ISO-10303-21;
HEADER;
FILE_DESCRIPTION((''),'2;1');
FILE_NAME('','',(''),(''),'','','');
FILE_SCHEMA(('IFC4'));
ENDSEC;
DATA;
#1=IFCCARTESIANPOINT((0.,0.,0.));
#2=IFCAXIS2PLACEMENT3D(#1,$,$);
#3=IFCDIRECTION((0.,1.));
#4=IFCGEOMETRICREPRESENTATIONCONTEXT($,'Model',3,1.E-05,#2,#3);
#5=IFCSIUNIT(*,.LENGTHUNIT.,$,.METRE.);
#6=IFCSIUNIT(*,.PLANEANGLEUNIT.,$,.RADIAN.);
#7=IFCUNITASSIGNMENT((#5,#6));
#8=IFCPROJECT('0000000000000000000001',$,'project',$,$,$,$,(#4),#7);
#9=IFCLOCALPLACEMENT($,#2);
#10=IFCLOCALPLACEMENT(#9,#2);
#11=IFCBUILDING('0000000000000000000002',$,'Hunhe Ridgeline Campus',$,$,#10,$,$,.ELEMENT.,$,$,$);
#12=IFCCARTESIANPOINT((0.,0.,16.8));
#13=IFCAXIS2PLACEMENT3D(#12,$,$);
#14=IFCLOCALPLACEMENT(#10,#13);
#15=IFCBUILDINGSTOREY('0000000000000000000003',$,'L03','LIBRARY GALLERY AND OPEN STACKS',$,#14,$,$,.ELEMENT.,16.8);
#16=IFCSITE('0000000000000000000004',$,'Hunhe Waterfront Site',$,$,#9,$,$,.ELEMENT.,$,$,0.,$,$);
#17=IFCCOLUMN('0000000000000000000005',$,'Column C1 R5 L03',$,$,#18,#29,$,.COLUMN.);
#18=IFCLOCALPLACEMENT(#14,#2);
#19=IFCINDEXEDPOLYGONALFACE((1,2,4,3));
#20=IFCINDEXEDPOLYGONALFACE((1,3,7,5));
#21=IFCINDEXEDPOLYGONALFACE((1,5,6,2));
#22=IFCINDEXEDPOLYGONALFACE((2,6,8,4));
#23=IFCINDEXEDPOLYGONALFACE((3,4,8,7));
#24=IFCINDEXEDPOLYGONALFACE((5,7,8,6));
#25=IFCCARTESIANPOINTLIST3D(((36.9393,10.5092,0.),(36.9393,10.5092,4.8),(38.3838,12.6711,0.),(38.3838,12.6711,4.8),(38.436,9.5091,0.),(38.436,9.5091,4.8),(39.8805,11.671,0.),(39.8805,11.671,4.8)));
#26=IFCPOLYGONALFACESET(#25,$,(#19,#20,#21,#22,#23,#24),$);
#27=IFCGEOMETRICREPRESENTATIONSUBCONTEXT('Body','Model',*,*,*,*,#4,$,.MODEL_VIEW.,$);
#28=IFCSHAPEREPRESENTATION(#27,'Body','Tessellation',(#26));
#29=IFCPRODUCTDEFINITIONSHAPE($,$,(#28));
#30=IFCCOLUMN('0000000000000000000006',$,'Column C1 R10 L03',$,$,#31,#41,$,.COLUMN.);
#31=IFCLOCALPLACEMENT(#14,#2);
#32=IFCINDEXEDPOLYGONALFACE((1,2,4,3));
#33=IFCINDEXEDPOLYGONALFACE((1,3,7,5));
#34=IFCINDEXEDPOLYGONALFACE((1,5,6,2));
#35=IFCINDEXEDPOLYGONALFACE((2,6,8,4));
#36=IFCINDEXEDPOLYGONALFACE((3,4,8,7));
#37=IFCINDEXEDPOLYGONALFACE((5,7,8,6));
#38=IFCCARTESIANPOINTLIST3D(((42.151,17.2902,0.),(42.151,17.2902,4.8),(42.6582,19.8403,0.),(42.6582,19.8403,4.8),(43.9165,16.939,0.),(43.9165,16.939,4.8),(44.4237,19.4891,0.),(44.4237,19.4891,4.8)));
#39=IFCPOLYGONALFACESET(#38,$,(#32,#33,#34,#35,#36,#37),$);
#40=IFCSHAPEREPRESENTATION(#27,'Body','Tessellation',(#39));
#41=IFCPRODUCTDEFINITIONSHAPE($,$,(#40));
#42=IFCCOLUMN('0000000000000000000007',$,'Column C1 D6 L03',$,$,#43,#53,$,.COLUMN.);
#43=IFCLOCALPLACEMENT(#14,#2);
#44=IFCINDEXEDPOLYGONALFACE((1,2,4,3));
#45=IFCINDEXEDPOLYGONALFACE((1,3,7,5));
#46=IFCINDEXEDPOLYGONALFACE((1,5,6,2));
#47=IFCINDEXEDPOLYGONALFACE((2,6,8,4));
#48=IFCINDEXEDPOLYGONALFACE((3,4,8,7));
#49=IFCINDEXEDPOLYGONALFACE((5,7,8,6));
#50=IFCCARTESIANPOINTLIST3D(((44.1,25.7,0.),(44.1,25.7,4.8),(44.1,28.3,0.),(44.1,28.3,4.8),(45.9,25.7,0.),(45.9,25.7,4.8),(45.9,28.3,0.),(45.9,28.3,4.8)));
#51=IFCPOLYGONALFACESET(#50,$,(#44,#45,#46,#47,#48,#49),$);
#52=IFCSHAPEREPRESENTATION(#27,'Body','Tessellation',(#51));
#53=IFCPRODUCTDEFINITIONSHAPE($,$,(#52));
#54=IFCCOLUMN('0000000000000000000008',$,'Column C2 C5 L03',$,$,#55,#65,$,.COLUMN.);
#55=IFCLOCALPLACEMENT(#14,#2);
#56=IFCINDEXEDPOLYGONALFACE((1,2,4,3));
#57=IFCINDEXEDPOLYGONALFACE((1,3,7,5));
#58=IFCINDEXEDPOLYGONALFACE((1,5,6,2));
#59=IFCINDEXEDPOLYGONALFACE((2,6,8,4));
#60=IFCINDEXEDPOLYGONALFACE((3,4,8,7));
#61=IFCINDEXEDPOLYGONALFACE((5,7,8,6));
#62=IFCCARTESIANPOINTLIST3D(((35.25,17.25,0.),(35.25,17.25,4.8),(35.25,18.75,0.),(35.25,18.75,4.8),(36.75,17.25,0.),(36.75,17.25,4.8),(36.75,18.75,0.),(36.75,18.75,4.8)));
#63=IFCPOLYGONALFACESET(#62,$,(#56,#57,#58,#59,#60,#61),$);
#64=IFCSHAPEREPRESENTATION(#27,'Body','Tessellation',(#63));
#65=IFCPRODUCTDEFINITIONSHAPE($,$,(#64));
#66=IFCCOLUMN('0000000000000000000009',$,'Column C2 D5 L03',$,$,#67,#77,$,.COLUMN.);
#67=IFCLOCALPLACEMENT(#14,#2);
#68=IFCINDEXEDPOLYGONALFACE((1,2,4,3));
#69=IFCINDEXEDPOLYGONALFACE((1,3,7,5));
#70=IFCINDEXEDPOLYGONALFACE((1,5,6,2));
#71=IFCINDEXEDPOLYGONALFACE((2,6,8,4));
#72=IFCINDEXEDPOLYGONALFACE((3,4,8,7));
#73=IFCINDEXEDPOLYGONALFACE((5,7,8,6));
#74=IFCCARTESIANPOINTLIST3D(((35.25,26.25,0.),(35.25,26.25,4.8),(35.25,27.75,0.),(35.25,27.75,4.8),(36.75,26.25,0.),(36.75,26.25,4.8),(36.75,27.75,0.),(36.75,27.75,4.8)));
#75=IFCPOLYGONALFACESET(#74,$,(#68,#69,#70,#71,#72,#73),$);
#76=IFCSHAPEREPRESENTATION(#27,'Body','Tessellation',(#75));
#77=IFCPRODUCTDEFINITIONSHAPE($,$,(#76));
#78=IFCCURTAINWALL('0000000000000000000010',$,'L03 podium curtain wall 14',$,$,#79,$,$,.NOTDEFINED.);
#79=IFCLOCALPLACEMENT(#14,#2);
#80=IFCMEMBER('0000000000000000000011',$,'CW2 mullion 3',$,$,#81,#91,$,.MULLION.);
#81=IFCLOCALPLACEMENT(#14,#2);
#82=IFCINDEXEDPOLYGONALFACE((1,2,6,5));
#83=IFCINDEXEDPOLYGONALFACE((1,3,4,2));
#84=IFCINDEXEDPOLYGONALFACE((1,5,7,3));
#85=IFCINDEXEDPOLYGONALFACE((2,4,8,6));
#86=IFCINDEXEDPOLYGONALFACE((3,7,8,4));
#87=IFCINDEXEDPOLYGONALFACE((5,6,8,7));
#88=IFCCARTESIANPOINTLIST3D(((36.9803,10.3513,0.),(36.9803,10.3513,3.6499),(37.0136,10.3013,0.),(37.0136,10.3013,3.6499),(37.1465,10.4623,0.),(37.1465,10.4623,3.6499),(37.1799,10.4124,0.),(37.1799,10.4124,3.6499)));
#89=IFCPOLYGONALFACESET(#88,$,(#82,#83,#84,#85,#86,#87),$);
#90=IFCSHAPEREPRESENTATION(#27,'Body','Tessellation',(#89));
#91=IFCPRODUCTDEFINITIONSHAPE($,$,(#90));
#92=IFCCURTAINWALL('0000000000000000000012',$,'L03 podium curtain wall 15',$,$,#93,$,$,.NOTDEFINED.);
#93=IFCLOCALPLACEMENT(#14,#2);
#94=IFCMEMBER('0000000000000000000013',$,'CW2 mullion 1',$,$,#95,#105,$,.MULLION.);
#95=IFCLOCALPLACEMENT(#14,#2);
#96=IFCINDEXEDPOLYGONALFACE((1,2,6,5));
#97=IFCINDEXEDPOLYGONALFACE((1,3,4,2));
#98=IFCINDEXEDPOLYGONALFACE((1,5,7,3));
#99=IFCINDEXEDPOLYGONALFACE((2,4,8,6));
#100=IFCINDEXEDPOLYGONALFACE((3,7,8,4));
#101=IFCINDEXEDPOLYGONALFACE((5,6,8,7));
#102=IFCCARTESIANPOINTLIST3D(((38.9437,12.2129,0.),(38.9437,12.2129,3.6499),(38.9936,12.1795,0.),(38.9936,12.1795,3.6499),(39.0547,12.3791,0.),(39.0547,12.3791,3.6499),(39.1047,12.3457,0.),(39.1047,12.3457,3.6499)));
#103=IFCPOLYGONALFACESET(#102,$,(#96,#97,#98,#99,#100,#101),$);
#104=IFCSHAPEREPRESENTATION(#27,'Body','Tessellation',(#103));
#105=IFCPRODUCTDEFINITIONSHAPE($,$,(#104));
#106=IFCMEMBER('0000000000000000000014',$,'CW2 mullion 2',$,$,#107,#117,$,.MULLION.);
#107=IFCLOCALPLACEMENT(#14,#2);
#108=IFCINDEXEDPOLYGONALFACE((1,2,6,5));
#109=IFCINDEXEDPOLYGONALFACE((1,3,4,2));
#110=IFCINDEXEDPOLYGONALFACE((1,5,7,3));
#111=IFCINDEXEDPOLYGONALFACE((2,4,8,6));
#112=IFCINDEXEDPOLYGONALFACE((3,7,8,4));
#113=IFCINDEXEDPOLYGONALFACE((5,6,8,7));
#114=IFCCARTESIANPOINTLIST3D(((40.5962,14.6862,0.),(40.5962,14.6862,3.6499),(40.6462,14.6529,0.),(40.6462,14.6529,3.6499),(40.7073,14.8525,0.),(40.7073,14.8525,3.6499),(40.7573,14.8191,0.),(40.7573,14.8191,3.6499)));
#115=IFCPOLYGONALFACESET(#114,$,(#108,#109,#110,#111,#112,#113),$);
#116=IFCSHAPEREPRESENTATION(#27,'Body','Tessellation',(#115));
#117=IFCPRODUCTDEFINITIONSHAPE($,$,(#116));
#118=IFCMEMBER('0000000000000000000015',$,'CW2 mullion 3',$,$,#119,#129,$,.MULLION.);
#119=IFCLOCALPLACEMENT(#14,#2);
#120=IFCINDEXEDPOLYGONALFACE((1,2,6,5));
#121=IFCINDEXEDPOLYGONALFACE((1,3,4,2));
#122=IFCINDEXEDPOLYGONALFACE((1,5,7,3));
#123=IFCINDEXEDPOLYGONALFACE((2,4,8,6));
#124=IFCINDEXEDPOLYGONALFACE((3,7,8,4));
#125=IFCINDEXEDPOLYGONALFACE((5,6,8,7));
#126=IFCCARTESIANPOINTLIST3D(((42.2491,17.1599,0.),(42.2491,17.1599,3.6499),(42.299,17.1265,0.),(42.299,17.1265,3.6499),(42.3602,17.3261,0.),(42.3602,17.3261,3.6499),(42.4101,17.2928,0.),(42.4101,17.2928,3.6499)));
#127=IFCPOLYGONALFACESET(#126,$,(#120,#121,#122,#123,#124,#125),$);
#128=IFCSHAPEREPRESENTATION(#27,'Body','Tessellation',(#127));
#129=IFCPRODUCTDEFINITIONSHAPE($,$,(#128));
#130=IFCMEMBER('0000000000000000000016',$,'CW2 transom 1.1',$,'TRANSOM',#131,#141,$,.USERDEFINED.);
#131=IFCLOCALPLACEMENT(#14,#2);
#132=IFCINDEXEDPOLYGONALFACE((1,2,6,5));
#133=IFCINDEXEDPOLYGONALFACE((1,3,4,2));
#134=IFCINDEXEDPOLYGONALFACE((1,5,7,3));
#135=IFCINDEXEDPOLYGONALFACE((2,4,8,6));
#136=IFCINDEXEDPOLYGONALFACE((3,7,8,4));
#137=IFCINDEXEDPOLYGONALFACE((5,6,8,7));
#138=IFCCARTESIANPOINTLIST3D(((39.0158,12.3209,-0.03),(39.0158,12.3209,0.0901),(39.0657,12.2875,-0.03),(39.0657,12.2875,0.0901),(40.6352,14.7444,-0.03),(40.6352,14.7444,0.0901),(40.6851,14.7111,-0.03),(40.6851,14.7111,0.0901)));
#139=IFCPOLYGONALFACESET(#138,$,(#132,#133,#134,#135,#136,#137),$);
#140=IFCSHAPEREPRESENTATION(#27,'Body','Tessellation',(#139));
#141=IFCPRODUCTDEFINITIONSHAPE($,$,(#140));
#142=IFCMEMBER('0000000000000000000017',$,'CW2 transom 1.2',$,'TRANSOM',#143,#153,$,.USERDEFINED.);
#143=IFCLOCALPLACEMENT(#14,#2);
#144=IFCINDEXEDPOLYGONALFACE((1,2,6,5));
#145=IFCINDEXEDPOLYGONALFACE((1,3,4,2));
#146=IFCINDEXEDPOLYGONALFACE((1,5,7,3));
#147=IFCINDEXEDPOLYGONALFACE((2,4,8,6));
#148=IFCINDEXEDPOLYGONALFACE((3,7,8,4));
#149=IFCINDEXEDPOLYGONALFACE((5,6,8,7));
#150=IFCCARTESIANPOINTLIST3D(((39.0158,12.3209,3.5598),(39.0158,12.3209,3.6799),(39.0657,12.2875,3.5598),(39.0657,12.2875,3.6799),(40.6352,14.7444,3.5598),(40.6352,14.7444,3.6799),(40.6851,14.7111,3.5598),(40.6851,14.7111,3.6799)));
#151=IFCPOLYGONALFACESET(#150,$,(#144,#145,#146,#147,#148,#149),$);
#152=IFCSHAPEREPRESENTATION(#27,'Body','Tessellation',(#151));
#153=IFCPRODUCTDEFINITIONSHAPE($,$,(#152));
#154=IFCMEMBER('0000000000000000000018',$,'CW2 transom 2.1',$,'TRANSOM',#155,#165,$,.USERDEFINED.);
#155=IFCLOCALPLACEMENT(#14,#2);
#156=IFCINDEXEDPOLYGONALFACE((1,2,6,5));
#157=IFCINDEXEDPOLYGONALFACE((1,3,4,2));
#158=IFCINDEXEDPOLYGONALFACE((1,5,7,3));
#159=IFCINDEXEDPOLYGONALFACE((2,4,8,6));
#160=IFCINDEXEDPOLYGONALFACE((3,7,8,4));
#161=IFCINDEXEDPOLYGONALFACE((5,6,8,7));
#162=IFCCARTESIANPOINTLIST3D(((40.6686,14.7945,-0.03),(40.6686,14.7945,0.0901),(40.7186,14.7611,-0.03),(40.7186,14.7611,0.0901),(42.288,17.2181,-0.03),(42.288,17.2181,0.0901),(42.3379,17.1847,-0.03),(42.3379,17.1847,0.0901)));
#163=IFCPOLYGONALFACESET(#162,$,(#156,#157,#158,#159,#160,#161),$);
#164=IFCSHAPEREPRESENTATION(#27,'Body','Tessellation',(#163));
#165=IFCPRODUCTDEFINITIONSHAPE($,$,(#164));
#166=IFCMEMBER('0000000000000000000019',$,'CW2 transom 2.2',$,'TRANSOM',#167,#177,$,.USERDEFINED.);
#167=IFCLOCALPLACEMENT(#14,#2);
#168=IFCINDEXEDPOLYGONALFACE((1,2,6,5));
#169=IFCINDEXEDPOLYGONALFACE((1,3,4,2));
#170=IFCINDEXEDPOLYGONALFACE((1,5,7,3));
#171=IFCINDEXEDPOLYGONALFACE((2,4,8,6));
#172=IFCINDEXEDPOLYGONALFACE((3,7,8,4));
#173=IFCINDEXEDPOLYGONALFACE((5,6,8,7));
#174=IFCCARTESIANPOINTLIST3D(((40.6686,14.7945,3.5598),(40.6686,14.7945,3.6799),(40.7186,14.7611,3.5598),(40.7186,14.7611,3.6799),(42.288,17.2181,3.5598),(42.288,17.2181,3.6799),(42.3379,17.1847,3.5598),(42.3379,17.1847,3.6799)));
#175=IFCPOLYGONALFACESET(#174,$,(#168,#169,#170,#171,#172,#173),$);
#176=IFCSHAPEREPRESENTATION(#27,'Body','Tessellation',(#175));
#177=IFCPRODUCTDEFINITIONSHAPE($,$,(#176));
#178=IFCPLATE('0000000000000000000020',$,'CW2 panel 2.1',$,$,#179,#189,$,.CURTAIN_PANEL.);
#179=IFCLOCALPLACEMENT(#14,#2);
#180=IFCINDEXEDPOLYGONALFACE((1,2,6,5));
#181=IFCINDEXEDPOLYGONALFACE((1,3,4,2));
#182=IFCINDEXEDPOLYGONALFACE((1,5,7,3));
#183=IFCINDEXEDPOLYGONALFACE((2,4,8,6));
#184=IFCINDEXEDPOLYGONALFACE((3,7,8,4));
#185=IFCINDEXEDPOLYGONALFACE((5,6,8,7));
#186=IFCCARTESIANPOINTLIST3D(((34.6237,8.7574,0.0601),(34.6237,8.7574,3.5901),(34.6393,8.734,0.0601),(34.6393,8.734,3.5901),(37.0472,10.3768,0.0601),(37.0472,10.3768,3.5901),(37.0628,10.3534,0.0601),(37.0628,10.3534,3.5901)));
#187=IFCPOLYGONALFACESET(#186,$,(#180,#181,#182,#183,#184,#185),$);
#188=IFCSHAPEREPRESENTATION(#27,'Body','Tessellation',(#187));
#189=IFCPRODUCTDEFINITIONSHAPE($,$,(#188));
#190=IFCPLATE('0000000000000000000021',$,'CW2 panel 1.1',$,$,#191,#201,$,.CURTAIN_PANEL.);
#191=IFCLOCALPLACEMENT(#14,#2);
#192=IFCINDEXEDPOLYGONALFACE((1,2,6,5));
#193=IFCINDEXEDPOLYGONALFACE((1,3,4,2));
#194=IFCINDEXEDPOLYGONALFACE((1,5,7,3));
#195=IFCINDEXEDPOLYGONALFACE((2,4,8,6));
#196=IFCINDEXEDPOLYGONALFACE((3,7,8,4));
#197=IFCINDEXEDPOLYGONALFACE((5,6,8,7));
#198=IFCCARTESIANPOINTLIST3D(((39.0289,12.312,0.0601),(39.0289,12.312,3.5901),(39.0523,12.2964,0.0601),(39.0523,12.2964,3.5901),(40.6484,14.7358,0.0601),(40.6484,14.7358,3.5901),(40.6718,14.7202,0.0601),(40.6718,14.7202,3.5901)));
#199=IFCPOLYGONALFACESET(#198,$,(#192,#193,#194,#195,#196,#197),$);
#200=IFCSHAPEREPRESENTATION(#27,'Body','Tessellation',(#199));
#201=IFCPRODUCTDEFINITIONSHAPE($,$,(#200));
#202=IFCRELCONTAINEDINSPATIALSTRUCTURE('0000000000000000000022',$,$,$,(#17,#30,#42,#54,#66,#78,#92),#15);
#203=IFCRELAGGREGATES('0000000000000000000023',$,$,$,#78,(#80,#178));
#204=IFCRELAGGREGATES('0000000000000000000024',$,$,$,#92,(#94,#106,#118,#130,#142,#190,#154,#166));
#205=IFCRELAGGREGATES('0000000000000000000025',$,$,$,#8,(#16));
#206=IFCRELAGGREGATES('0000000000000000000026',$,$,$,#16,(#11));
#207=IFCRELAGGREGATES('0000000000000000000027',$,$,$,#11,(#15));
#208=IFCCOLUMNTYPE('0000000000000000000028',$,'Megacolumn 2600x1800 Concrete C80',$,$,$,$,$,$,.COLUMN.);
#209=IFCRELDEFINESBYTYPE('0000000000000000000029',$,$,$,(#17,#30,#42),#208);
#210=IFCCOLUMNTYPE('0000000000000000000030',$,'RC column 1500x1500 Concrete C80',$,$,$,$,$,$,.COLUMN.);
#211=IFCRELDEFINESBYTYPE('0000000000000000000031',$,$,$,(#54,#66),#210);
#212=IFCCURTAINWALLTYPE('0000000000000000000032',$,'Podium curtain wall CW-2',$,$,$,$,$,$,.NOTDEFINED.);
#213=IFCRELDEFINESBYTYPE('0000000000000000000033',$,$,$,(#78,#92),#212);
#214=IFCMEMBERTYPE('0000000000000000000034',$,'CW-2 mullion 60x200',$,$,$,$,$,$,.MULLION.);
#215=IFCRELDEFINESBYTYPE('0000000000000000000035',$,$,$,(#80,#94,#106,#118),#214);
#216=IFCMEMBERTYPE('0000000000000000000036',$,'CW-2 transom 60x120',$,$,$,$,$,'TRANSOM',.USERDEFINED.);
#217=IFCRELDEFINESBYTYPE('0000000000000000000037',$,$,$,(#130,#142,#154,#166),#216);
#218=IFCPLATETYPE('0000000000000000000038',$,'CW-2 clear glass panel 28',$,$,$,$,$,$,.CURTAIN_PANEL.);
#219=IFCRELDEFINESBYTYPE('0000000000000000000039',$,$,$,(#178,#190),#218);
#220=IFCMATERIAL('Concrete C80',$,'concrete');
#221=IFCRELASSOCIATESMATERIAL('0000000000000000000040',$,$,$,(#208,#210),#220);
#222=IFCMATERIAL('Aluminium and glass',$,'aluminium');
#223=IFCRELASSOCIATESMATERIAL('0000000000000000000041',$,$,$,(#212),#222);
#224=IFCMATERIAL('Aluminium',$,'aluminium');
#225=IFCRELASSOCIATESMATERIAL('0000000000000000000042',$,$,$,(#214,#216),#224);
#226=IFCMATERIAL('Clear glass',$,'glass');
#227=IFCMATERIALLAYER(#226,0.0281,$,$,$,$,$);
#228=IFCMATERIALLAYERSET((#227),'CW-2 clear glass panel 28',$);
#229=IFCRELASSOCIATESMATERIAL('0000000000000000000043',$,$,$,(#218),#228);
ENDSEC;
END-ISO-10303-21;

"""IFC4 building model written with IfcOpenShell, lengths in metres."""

from ifc_helpers import new_model, si_unit, direction, frame, origin, origin_2d, place, context, subcontext, project, spatial, rectangle, extrude, material, layer, layer_set, material_profile, profile_set, type_object, element, aggregate, save


model = new_model("IFC4")

# Units and contexts
model_context = context("Model", 3, precision=1e-05, world=origin(), true_north=direction((0.0, 1.0)))
body_context = subcontext(model_context, "Body", "Model", "MODEL_VIEW")
ifc_project = project(units=[si_unit("LENGTHUNIT", "METRE"), si_unit("PLANEANGLEUNIT", "RADIAN")], contexts=[model_context])

# Site, building, storey
site_placement = place(None, origin())
site = spatial("IfcSite", under=ifc_project, at=site_placement, Name="Hunhe Waterfront Site", CompositionType="ELEMENT", RefElevation=0.0)
building_placement = place(site_placement, origin())
building = spatial("IfcBuilding", under=site, at=building_placement, Name="Hunhe Ridgeline Campus", CompositionType="ELEMENT")
storey_placement = place(building_placement, frame((0.0, 0.0, 16.8)))
storey = spatial("IfcBuildingStorey", under=building, at=storey_placement, Name="L03", Description="LIBRARY GALLERY AND OPEN STACKS", CompositionType="ELEMENT", Elevation=16.8)

# Columns
ifc_material_1 = material(Name="Concrete C80", Category="concrete")
ifc_material_profile_1 = material_profile(ifc_material_1, rectangle(XDim=2.6001, YDim=1.8, at=origin_2d()))
ifc_profile_set_1 = profile_set([ifc_material_profile_1], Name="Concrete C80")
column_type_1 = type_object("IfcColumnType", Name="Megacolumn 2600x1800 Concrete C80", PredefinedType="COLUMN", material=ifc_profile_set_1)
for number, where, z_axis, x_axis, name in (
    (1, (38.4099, 11.0901, 0.0), (0.0, 0.0, 1.0), (0.55557, 0.83147, 0.0), "Column C1 R5 L03"),
    (2, (43.2874, 18.3896, 0.0), (0.0, 0.0, 1.0), (0.19509, 0.980785, 0.0), "Column C1 R10 L03"),
    (3, (45.0, 27.0, 0.0), (0.0, 0.0, 1.0), (0.0, 1.0, 0.0), "Column C1 D6 L03"),
):
    element("IfcColumn", number, at=place(storey_placement, frame(where, z_axis=z_axis, x_axis=x_axis)), inside=storey, type_object=column_type_1, Name=name, PredefinedType="COLUMN", context=body_context, shape_type="SweptSolid", body=[
        extrude(rectangle(XDim=2.6001, YDim=1.8, at=origin_2d()), origin(), (0.0, 0.0, 1.0), 4.8),
    ])
ifc_material_profile_2 = material_profile(ifc_material_1, rectangle(XDim=1.5, YDim=1.5, at=origin_2d()))
ifc_profile_set_2 = profile_set([ifc_material_profile_2], Name="Concrete C80")
column_type_2 = type_object("IfcColumnType", Name="RC column 1500x1500 Concrete C80", PredefinedType="COLUMN", material=ifc_profile_set_2)
for number, where, z_axis, x_axis, name in (
    (4, (36.0, 18.0, 0.0), (0.0, 0.0, 1.0), (1.0, 0.0, 0.0), "Column C2 C5 L03"),
    (5, (36.0, 27.0, 0.0), (0.0, 0.0, 1.0), (1.0, 0.0, 0.0), "Column C2 D5 L03"),
):
    element("IfcColumn", number, at=place(storey_placement, frame(where, z_axis=z_axis, x_axis=x_axis)), inside=storey, type_object=column_type_2, Name=name, PredefinedType="COLUMN", context=body_context, shape_type="SweptSolid", body=[
        extrude(rectangle(XDim=1.5, YDim=1.5, at=origin_2d()), origin(), (0.0, 0.0, 1.0), 4.8),
    ])

# Curtain wall, member
ifc_material_2 = material(Name="Aluminium and glass", Category="aluminium")
curtain_wall_type = type_object("IfcCurtainWallType", Name="Podium curtain wall CW-2", PredefinedType="NOTDEFINED", material=ifc_material_2)
curtain_wall_1_placement = place(storey_placement, origin())
curtain_wall_1 = element("IfcCurtainWall", 6, at=curtain_wall_1_placement, inside=storey, type_object=curtain_wall_type, Name="L03 podium curtain wall 14", PredefinedType="NOTDEFINED")
ifc_material_3 = material(Name="Aluminium", Category="aluminium")
ifc_material_profile_3 = material_profile(ifc_material_3, rectangle(XDim=0.0601, YDim=0.2, at=origin_2d()))
ifc_profile_set_3 = profile_set([ifc_material_profile_3], Name="Aluminium")
member_type_1 = type_object("IfcMemberType", Name="CW-2 mullion 60x200", PredefinedType="MULLION", material=ifc_profile_set_3)
member_1_placement = place(storey_placement, frame((37.0801, 10.3818, 0.0), z_axis=(0.0, 0.0, 1.0), x_axis=(-0.555579, 0.831464, 0.0)))
member_1 = element("IfcMember", 7, at=member_1_placement, type_object=member_type_1, Name="CW2 mullion 3", PredefinedType="MULLION", context=body_context, shape_type="SweptSolid", body=[
    extrude(rectangle(XDim=0.0601, YDim=0.2, at=origin_2d()), origin(), (0.0, 0.0, 1.0), 3.6499),
])

# Curtain wall, members
curtain_wall_2_placement = place(storey_placement, origin())
curtain_wall_2 = element("IfcCurtainWall", 8, at=curtain_wall_2_placement, inside=storey, type_object=curtain_wall_type, Name="L03 podium curtain wall 15", PredefinedType="NOTDEFINED")
member_2_placement = place(storey_placement, frame((39.0242, 12.2793, 0.0), z_axis=(0.0, 0.0, 1.0), x_axis=(-0.831469, 0.555572, 0.0)))
member_2 = element("IfcMember", 9, at=member_2_placement, type_object=member_type_1, Name="CW2 mullion 1", PredefinedType="MULLION", context=body_context, shape_type="SweptSolid", body=[
    extrude(rectangle(XDim=0.0601, YDim=0.2, at=origin_2d()), origin(), (0.0, 0.0, 1.0), 3.6499),
])
member_3_placement = place(storey_placement, frame((40.6768, 14.7527, 0.0), z_axis=(0.0, 0.0, 1.0), x_axis=(-0.831469, 0.555572, 0.0)))
member_3 = element("IfcMember", 10, at=member_3_placement, type_object=member_type_1, Name="CW2 mullion 2", PredefinedType="MULLION", context=body_context, shape_type="SweptSolid", body=[
    extrude(rectangle(XDim=0.0601, YDim=0.2, at=origin_2d()), origin(), (0.0, 0.0, 1.0), 3.6499),
])
member_4_placement = place(storey_placement, frame((42.3296, 17.2263, 0.0), z_axis=(0.0, 0.0, 1.0), x_axis=(-0.831469, 0.555572, 0.0)))
member_4 = element("IfcMember", 11, at=member_4_placement, type_object=member_type_1, Name="CW2 mullion 3", PredefinedType="MULLION", context=body_context, shape_type="SweptSolid", body=[
    extrude(rectangle(XDim=0.0601, YDim=0.2, at=origin_2d()), origin(), (0.0, 0.0, 1.0), 3.6499),
])
ifc_material_profile_4 = material_profile(ifc_material_3, rectangle(XDim=0.0601, YDim=0.1201, at=origin_2d()))
ifc_profile_set_4 = profile_set([ifc_material_profile_4], Name="Aluminium")
member_type_2 = type_object("IfcMemberType", Name="CW-2 transom 60x120", ElementType="TRANSOM", PredefinedType="USERDEFINED", material=ifc_profile_set_4)
member_5_placement = place(storey_placement, frame((39.0408, 12.3042, 0.03), z_axis=(0.55557, 0.83147, 0.0), x_axis=(-0.83147, 0.55557, 0.0)))
member_5 = element("IfcMember", 12, at=member_5_placement, type_object=member_type_2, Name="CW2 transom 1.1", ObjectType="TRANSOM", PredefinedType="USERDEFINED", context=body_context, shape_type="SweptSolid", body=[
    extrude(rectangle(XDim=0.0601, YDim=0.1201, at=origin_2d()), origin(), (0.0, 0.0, 1.0), 2.9148),
])
member_6_placement = place(storey_placement, frame((39.0408, 12.3042, 3.6199), z_axis=(0.55557, 0.83147, 0.0), x_axis=(-0.83147, 0.55557, 0.0)))
member_6 = element("IfcMember", 13, at=member_6_placement, type_object=member_type_2, Name="CW2 transom 1.2", ObjectType="TRANSOM", PredefinedType="USERDEFINED", context=body_context, shape_type="SweptSolid", body=[
    extrude(rectangle(XDim=0.0601, YDim=0.1201, at=origin_2d()), origin(), (0.0, 0.0, 1.0), 2.9148),
])
member_7_placement = place(storey_placement, frame((40.6936, 14.7778, 0.03), z_axis=(0.55557, 0.83147, 0.0), x_axis=(-0.83147, 0.55557, 0.0)))
member_7 = element("IfcMember", 14, at=member_7_placement, type_object=member_type_2, Name="CW2 transom 2.1", ObjectType="TRANSOM", PredefinedType="USERDEFINED", context=body_context, shape_type="SweptSolid", body=[
    extrude(rectangle(XDim=0.0601, YDim=0.1201, at=origin_2d()), origin(), (0.0, 0.0, 1.0), 2.9148),
])
member_8_placement = place(storey_placement, frame((40.6936, 14.7778, 3.6199), z_axis=(0.55557, 0.83147, 0.0), x_axis=(-0.83147, 0.55557, 0.0)))
member_8 = element("IfcMember", 15, at=member_8_placement, type_object=member_type_2, Name="CW2 transom 2.2", ObjectType="TRANSOM", PredefinedType="USERDEFINED", context=body_context, shape_type="SweptSolid", body=[
    extrude(rectangle(XDim=0.0601, YDim=0.1201, at=origin_2d()), origin(), (0.0, 0.0, 1.0), 2.9148),
])

# Plates
ifc_material_4 = material(Name="Clear glass", Category="glass")
ifc_layer_1 = layer(ifc_material_4, 0.0281)
ifc_layer_set_1 = layer_set([ifc_layer_1], Name="CW-2 clear glass panel 28")
plate_type = type_object("IfcPlateType", Name="CW-2 clear glass panel 28", PredefinedType="CURTAIN_PANEL", material=ifc_layer_set_1)
plate_1_placement = place(storey_placement, frame((35.8433, 9.5554, 0.0601), z_axis=(0.0, 0.0, 1.0), x_axis=(0.831464, 0.555579, 0.0)))
plate_1 = element("IfcPlate", 16, at=plate_1_placement, type_object=plate_type, Name="CW2 panel 2.1", PredefinedType="CURTAIN_PANEL", context=body_context, shape_type="SweptSolid", body=[
    extrude(rectangle(XDim=2.9148, YDim=0.0281, at=origin_2d()), origin(), (0.0, 0.0, 1.0), 3.53),
])
aggregate(curtain_wall_1, [member_1, plate_1])
plate_2_placement = place(storey_placement, frame((39.8503, 13.5161, 0.0601), z_axis=(0.0, 0.0, 1.0), x_axis=(0.555572, 0.831469, 0.0)))
plate_2 = element("IfcPlate", 17, at=plate_2_placement, type_object=plate_type, Name="CW2 panel 1.1", PredefinedType="CURTAIN_PANEL", context=body_context, shape_type="SweptSolid", body=[
    extrude(rectangle(XDim=2.915, YDim=0.0281, at=origin_2d()), origin(), (0.0, 0.0, 1.0), 3.53),
])
aggregate(curtain_wall_2, [member_2, member_3, member_4, member_5, member_6, plate_2, member_7, member_8])

save(model, "model.ifc")
